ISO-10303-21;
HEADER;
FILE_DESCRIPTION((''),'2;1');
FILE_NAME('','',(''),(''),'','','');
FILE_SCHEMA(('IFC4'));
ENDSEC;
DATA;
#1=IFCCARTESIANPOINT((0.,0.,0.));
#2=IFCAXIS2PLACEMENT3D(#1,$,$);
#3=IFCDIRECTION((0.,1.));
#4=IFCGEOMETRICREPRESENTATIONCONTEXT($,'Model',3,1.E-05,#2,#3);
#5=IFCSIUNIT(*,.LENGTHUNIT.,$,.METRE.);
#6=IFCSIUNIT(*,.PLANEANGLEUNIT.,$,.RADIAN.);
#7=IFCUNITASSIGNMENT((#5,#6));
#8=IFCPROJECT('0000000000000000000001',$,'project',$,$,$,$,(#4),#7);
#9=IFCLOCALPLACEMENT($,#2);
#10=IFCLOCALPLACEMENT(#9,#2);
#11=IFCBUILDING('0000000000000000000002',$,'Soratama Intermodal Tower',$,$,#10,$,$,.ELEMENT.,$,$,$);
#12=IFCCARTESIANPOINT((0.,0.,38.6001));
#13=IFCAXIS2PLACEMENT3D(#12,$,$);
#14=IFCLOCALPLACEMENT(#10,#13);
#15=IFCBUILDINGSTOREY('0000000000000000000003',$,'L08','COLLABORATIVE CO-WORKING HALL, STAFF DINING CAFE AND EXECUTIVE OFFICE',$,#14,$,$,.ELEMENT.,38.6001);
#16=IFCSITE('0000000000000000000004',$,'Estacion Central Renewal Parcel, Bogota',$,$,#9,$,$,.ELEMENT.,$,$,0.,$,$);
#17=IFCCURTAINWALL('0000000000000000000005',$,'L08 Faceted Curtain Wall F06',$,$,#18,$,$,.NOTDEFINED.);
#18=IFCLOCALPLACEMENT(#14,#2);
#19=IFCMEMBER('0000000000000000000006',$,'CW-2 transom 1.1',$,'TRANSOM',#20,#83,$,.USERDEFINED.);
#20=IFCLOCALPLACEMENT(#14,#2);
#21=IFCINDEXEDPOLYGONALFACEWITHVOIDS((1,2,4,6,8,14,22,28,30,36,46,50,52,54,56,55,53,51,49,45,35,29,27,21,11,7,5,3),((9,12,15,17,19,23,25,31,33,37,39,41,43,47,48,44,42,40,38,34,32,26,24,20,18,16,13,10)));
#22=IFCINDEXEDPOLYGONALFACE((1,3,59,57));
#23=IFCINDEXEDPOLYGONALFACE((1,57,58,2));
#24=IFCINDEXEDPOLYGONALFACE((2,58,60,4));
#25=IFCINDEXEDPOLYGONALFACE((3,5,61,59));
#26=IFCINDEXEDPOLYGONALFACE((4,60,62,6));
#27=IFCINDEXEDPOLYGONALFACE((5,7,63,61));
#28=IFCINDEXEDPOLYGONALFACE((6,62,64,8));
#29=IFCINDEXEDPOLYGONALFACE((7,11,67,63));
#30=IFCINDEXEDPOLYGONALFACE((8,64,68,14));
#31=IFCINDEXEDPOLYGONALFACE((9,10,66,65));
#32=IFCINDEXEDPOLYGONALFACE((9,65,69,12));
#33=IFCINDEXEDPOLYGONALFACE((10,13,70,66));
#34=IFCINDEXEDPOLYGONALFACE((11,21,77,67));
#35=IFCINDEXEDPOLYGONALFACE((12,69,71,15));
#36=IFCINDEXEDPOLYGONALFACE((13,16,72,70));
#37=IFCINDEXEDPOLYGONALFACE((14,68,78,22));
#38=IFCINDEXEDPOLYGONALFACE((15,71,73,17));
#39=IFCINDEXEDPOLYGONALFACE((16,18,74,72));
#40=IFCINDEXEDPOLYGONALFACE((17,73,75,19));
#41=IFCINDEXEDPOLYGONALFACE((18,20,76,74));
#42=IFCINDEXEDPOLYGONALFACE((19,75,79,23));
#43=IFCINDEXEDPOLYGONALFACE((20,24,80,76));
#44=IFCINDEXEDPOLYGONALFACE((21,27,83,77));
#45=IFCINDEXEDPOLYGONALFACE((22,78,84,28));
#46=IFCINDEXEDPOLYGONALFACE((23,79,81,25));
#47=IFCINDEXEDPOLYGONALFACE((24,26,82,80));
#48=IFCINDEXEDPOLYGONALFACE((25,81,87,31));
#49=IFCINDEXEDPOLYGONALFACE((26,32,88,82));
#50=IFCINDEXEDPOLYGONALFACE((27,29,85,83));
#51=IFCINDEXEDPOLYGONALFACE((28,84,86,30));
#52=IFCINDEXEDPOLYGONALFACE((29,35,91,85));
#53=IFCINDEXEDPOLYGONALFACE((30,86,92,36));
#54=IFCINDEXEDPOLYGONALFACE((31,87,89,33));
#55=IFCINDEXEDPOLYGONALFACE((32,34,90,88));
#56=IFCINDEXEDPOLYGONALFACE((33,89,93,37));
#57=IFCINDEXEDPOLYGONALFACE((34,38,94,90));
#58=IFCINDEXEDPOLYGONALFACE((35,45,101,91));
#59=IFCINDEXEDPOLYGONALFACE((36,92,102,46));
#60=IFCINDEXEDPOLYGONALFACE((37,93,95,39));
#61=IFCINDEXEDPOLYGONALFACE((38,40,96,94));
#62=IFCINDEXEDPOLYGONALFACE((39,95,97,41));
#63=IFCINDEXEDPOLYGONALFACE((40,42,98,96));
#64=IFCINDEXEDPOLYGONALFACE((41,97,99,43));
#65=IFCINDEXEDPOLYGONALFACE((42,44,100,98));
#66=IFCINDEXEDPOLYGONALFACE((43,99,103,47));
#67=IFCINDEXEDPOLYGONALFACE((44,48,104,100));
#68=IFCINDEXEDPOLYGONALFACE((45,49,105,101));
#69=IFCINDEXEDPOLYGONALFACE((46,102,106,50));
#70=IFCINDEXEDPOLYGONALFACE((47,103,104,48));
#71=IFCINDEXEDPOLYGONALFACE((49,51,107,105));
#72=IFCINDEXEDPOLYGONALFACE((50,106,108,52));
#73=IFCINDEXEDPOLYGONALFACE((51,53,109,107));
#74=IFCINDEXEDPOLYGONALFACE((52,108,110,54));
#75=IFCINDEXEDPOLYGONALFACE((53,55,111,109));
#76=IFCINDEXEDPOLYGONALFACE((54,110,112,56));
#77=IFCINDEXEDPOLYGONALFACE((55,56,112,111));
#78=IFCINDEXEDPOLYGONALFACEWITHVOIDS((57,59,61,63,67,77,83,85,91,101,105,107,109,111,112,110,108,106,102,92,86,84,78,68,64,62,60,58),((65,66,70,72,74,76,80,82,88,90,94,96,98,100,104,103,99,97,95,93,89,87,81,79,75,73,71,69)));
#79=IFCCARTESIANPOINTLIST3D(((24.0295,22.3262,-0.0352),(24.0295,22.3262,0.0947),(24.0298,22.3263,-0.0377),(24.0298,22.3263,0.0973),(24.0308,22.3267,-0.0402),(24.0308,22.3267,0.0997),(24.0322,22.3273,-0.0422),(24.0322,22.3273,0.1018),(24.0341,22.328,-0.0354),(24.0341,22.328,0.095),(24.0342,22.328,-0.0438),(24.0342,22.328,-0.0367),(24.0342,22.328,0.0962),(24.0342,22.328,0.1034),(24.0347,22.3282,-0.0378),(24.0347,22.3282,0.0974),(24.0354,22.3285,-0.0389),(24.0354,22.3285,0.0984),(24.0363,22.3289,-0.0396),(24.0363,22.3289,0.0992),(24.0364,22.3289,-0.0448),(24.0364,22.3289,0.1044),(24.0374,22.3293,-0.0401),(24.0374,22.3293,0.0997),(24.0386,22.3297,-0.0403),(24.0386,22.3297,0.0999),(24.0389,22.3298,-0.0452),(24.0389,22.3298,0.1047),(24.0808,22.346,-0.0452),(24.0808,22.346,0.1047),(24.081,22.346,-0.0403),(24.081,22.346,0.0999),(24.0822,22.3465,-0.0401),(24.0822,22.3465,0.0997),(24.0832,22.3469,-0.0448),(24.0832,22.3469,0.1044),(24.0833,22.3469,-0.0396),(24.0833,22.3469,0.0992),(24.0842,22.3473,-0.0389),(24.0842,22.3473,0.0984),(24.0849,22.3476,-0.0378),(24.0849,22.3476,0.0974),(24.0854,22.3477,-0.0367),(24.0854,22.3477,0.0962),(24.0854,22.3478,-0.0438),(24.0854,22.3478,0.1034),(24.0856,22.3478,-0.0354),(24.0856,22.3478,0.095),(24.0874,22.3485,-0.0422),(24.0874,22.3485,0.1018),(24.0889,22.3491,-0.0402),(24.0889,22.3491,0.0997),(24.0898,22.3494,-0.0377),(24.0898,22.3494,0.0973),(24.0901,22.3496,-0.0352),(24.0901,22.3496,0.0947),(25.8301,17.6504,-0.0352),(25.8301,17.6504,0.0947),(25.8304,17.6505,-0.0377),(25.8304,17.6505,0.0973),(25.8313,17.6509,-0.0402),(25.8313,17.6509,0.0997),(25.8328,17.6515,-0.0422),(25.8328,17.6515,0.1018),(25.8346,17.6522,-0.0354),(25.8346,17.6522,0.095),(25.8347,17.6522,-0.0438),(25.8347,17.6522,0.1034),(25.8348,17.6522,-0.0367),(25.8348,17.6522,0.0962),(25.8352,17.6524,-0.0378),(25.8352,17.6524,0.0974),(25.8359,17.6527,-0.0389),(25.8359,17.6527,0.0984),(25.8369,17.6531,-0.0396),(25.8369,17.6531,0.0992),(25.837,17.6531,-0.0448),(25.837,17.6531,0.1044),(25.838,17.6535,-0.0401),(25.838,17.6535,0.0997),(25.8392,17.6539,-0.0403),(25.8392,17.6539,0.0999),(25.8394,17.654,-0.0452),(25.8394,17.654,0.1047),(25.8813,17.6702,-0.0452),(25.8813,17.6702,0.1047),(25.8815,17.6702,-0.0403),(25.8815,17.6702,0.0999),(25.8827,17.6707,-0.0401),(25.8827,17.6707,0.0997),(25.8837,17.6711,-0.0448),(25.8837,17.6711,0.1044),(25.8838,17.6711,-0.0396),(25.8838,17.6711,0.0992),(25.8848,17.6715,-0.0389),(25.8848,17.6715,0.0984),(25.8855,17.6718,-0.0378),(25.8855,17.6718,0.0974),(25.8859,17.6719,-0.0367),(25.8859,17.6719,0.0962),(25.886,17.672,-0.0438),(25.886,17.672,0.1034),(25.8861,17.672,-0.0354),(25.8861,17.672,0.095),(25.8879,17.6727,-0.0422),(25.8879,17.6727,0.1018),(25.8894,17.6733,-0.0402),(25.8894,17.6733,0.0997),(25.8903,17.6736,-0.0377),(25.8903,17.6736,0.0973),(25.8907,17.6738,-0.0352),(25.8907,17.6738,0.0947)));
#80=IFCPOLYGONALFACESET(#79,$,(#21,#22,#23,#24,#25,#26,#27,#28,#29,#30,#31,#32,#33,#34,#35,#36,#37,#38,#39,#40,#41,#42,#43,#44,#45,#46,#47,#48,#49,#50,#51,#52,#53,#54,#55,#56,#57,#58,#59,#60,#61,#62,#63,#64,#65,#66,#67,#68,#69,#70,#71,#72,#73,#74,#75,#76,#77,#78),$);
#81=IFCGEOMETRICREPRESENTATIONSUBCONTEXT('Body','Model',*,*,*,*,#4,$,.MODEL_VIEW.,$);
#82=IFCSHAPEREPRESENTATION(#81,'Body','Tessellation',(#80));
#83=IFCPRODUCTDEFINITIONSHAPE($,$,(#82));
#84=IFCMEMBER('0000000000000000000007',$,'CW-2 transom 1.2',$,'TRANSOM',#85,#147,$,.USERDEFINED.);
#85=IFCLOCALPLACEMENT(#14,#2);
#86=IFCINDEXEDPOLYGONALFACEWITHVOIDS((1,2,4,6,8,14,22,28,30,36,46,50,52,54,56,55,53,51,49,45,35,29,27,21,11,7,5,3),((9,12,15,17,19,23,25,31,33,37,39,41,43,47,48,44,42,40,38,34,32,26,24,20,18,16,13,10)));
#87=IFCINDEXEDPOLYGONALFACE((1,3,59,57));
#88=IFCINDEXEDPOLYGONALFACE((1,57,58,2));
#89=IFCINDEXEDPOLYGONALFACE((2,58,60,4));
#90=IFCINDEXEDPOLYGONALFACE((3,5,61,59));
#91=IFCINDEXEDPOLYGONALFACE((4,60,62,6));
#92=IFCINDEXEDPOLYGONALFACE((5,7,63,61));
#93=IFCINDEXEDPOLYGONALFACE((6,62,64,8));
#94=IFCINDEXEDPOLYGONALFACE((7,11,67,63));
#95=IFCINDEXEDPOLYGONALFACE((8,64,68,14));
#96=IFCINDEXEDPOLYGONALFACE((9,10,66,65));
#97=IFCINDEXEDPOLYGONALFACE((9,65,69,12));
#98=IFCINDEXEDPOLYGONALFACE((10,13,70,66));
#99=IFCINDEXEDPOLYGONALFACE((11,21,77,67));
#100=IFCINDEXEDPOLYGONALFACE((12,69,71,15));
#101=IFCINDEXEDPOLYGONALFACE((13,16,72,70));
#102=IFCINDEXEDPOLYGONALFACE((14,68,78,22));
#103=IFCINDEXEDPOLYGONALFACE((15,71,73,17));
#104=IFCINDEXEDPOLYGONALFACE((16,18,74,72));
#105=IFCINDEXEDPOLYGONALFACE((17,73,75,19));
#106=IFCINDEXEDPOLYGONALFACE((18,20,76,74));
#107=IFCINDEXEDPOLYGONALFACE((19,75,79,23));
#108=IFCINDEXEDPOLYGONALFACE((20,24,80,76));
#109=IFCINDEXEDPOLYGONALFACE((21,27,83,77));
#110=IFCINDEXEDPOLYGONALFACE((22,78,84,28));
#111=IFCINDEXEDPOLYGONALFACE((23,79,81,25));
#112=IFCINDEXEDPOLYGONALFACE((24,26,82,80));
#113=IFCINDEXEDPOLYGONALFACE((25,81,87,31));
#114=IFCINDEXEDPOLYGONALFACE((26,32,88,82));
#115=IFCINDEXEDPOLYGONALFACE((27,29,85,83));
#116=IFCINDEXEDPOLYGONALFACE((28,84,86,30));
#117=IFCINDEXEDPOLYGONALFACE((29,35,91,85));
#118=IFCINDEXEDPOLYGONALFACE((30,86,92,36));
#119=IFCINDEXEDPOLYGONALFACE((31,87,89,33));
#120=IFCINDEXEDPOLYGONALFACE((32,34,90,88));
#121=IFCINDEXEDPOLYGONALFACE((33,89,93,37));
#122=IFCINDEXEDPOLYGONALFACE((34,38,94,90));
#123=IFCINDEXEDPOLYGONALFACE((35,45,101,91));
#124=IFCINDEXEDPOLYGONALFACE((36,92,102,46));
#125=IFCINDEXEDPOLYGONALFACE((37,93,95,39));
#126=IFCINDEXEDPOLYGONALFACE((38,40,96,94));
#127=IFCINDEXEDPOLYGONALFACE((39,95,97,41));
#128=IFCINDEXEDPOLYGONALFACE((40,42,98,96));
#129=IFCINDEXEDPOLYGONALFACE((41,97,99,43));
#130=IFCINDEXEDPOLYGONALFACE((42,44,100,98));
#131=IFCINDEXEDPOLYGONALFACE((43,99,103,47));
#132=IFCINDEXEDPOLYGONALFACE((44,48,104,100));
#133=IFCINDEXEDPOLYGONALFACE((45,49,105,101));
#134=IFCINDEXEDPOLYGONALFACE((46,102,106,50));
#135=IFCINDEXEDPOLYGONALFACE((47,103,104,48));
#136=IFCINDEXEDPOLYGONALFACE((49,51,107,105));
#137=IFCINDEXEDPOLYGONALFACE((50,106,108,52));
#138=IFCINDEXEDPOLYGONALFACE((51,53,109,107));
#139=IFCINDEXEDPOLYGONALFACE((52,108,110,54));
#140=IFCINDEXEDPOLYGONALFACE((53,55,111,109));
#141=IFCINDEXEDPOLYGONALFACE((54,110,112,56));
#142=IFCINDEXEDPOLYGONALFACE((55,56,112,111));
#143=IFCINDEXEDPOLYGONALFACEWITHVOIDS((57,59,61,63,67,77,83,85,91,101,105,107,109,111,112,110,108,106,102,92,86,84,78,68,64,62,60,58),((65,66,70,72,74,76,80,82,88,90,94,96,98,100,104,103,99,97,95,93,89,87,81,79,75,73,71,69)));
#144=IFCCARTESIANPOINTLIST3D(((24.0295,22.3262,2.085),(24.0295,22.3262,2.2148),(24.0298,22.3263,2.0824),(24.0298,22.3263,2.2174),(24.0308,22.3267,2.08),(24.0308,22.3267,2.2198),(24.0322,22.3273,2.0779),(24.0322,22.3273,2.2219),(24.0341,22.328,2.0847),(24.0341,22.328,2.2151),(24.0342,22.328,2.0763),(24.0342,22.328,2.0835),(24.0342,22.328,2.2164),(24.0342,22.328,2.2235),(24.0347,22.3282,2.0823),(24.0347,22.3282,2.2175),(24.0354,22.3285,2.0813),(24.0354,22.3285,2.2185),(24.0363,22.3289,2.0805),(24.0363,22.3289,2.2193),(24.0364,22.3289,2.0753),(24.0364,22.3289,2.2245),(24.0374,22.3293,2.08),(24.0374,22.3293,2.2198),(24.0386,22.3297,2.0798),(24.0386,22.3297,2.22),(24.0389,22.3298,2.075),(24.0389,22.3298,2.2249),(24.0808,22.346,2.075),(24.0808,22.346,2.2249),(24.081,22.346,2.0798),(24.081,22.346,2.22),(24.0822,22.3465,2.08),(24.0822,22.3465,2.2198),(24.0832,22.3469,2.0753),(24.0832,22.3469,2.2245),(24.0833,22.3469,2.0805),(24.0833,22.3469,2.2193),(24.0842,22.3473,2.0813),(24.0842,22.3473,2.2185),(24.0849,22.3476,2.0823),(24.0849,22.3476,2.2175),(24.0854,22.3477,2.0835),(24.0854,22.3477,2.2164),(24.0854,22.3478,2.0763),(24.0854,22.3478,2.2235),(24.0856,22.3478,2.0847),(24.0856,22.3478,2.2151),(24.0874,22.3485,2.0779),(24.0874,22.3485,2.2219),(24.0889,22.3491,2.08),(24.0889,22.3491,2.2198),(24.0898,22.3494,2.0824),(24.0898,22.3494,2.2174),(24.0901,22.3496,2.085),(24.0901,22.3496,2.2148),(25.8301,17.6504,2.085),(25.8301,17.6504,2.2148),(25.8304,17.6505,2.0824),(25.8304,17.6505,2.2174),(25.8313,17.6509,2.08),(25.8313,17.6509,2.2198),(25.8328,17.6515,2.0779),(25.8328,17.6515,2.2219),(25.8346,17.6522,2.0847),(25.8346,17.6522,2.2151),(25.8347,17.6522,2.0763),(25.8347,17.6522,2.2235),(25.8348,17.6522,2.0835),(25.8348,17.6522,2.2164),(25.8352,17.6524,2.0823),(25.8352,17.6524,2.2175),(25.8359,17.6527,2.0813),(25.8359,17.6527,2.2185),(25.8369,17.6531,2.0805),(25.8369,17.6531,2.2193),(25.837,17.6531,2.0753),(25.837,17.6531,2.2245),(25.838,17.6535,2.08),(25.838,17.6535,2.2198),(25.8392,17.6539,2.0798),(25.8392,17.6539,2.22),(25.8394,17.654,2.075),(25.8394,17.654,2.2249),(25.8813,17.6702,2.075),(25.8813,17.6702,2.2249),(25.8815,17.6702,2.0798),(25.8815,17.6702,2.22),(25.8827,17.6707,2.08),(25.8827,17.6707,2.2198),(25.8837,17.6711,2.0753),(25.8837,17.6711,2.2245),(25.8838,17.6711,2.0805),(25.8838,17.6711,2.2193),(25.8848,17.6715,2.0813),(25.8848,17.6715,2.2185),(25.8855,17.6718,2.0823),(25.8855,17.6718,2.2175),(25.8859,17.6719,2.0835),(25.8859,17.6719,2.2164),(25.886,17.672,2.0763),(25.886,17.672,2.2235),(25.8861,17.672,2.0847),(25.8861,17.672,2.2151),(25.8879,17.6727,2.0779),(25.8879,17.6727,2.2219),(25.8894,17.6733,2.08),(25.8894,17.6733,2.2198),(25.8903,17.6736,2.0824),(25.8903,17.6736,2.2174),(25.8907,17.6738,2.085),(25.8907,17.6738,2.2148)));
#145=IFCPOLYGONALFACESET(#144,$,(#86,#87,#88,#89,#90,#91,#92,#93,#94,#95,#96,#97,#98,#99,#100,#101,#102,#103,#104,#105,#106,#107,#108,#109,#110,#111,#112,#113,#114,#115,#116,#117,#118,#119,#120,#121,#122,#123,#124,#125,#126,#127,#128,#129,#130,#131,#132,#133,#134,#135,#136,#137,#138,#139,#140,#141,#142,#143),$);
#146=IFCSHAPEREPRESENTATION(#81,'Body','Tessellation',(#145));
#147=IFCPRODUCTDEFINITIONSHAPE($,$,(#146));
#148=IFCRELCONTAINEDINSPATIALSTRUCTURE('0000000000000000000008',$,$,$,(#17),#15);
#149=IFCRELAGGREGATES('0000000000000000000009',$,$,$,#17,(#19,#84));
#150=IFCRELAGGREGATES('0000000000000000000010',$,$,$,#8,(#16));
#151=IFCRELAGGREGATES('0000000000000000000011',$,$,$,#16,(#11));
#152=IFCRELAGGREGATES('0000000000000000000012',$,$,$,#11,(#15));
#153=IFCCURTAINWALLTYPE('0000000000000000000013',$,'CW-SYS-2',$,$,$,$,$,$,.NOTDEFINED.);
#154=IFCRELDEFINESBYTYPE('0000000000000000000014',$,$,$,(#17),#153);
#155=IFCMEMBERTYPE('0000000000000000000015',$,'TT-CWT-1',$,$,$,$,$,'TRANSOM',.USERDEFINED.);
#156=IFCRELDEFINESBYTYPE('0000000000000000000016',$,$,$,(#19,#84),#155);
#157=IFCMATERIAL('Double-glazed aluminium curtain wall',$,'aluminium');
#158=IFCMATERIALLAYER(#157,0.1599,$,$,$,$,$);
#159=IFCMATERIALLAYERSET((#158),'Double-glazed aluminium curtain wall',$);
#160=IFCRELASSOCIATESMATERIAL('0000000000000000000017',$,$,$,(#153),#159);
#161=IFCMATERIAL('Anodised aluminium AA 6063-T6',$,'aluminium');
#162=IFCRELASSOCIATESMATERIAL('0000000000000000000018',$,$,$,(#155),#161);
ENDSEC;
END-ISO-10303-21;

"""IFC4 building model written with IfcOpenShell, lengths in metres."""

from ifc_helpers import new_model, si_unit, direction, frame, origin, origin_2d, place, context, subcontext, project, spatial, hollow_rectangle, extrude, material, layer, layer_set, material_profile, profile_set, type_object, element, aggregate, save


model = new_model("IFC4")

# Units and contexts
model_context = context("Model", 3, precision=1e-05, world=origin(), true_north=direction((0.0, 1.0)))
body_context = subcontext(model_context, "Body", "Model", "MODEL_VIEW")
ifc_project = project(units=[si_unit("LENGTHUNIT", "METRE"), si_unit("PLANEANGLEUNIT", "RADIAN")], contexts=[model_context])

# Site, building, storey
site_placement = place(None, origin())
site = spatial("IfcSite", under=ifc_project, at=site_placement, Name="Estacion Central Renewal Parcel, Bogota", CompositionType="ELEMENT", RefElevation=0.0)
building_placement = place(site_placement, origin())
building = spatial("IfcBuilding", under=site, at=building_placement, Name="Soratama Intermodal Tower", CompositionType="ELEMENT")
storey_placement = place(building_placement, frame((0.0, 0.0, 38.6001)))
storey = spatial("IfcBuildingStorey", under=building, at=storey_placement, Name="L08", Description="COLLABORATIVE CO-WORKING HALL, STAFF DINING CAFE AND EXECUTIVE OFFICE", CompositionType="ELEMENT", Elevation=38.6001)

# Curtain wall, members
ifc_material_1 = material(Name="Double-glazed aluminium curtain wall", Category="aluminium")
ifc_layer_1 = layer(ifc_material_1, 0.1599)
ifc_layer_set_1 = layer_set([ifc_layer_1], Name="Double-glazed aluminium curtain wall")
curtain_wall_type = type_object("IfcCurtainWallType", Name="CW-SYS-2", PredefinedType="NOTDEFINED", material=ifc_layer_set_1)
curtain_wall_placement = place(storey_placement, origin())
curtain_wall = element("IfcCurtainWall", 1, at=curtain_wall_placement, inside=storey, type_object=curtain_wall_type, Name="L08 Faceted Curtain Wall F06", PredefinedType="NOTDEFINED")
ifc_material_2 = material(Name="Anodised aluminium AA 6063-T6", Category="aluminium")
ifc_material_profile_1 = material_profile(ifc_material_2, hollow_rectangle(XDim=0.0649, YDim=0.1499, WallThickness=0.0049, InnerFilletRadius=0.0049, OuterFilletRadius=0.01, at=origin_2d()), Name="CWT150X65X5")
ifc_profile_set_1 = profile_set([ifc_material_profile_1], Name="Anodised aluminium AA 6063-T6")
member_type_1 = type_object("IfcMemberType", Name="TT-CWT-1", ElementType="TRANSOM", PredefinedType="USERDEFINED", material=ifc_profile_set_1)
member_1_placement = place(storey_placement, frame((24.0598, 22.3379, 0.0298), z_axis=(0.359355, -0.933201, 0.0), x_axis=(0.933201, 0.359355, 0.0)))
member_1 = element("IfcMember", 2, at=member_1_placement, type_object=member_type_1, Name="CW-2 transom 1.1", ObjectType="TRANSOM", PredefinedType="USERDEFINED", context=body_context, shape_type="SweptSolid", body=[
    extrude(hollow_rectangle(XDim=0.0649, YDim=0.1499, WallThickness=0.0049, InnerFilletRadius=0.0049, OuterFilletRadius=0.01, at=origin_2d()), origin(), (0.0, 0.0, 1.0), 5.0105),
])
member_2_placement = place(storey_placement, frame((24.0598, 22.3379, 2.1499), z_axis=(0.359355, -0.933201, 0.0), x_axis=(0.933201, 0.359355, 0.0)))
member_2 = element("IfcMember", 3, at=member_2_placement, type_object=member_type_1, Name="CW-2 transom 1.2", ObjectType="TRANSOM", PredefinedType="USERDEFINED", context=body_context, shape_type="SweptSolid", body=[
    extrude(hollow_rectangle(XDim=0.0649, YDim=0.1499, WallThickness=0.0049, InnerFilletRadius=0.0049, OuterFilletRadius=0.01, at=origin_2d()), origin(), (0.0, 0.0, 1.0), 5.0105),
])
aggregate(curtain_wall, [member_1, member_2])

save(model, "model.ifc")
